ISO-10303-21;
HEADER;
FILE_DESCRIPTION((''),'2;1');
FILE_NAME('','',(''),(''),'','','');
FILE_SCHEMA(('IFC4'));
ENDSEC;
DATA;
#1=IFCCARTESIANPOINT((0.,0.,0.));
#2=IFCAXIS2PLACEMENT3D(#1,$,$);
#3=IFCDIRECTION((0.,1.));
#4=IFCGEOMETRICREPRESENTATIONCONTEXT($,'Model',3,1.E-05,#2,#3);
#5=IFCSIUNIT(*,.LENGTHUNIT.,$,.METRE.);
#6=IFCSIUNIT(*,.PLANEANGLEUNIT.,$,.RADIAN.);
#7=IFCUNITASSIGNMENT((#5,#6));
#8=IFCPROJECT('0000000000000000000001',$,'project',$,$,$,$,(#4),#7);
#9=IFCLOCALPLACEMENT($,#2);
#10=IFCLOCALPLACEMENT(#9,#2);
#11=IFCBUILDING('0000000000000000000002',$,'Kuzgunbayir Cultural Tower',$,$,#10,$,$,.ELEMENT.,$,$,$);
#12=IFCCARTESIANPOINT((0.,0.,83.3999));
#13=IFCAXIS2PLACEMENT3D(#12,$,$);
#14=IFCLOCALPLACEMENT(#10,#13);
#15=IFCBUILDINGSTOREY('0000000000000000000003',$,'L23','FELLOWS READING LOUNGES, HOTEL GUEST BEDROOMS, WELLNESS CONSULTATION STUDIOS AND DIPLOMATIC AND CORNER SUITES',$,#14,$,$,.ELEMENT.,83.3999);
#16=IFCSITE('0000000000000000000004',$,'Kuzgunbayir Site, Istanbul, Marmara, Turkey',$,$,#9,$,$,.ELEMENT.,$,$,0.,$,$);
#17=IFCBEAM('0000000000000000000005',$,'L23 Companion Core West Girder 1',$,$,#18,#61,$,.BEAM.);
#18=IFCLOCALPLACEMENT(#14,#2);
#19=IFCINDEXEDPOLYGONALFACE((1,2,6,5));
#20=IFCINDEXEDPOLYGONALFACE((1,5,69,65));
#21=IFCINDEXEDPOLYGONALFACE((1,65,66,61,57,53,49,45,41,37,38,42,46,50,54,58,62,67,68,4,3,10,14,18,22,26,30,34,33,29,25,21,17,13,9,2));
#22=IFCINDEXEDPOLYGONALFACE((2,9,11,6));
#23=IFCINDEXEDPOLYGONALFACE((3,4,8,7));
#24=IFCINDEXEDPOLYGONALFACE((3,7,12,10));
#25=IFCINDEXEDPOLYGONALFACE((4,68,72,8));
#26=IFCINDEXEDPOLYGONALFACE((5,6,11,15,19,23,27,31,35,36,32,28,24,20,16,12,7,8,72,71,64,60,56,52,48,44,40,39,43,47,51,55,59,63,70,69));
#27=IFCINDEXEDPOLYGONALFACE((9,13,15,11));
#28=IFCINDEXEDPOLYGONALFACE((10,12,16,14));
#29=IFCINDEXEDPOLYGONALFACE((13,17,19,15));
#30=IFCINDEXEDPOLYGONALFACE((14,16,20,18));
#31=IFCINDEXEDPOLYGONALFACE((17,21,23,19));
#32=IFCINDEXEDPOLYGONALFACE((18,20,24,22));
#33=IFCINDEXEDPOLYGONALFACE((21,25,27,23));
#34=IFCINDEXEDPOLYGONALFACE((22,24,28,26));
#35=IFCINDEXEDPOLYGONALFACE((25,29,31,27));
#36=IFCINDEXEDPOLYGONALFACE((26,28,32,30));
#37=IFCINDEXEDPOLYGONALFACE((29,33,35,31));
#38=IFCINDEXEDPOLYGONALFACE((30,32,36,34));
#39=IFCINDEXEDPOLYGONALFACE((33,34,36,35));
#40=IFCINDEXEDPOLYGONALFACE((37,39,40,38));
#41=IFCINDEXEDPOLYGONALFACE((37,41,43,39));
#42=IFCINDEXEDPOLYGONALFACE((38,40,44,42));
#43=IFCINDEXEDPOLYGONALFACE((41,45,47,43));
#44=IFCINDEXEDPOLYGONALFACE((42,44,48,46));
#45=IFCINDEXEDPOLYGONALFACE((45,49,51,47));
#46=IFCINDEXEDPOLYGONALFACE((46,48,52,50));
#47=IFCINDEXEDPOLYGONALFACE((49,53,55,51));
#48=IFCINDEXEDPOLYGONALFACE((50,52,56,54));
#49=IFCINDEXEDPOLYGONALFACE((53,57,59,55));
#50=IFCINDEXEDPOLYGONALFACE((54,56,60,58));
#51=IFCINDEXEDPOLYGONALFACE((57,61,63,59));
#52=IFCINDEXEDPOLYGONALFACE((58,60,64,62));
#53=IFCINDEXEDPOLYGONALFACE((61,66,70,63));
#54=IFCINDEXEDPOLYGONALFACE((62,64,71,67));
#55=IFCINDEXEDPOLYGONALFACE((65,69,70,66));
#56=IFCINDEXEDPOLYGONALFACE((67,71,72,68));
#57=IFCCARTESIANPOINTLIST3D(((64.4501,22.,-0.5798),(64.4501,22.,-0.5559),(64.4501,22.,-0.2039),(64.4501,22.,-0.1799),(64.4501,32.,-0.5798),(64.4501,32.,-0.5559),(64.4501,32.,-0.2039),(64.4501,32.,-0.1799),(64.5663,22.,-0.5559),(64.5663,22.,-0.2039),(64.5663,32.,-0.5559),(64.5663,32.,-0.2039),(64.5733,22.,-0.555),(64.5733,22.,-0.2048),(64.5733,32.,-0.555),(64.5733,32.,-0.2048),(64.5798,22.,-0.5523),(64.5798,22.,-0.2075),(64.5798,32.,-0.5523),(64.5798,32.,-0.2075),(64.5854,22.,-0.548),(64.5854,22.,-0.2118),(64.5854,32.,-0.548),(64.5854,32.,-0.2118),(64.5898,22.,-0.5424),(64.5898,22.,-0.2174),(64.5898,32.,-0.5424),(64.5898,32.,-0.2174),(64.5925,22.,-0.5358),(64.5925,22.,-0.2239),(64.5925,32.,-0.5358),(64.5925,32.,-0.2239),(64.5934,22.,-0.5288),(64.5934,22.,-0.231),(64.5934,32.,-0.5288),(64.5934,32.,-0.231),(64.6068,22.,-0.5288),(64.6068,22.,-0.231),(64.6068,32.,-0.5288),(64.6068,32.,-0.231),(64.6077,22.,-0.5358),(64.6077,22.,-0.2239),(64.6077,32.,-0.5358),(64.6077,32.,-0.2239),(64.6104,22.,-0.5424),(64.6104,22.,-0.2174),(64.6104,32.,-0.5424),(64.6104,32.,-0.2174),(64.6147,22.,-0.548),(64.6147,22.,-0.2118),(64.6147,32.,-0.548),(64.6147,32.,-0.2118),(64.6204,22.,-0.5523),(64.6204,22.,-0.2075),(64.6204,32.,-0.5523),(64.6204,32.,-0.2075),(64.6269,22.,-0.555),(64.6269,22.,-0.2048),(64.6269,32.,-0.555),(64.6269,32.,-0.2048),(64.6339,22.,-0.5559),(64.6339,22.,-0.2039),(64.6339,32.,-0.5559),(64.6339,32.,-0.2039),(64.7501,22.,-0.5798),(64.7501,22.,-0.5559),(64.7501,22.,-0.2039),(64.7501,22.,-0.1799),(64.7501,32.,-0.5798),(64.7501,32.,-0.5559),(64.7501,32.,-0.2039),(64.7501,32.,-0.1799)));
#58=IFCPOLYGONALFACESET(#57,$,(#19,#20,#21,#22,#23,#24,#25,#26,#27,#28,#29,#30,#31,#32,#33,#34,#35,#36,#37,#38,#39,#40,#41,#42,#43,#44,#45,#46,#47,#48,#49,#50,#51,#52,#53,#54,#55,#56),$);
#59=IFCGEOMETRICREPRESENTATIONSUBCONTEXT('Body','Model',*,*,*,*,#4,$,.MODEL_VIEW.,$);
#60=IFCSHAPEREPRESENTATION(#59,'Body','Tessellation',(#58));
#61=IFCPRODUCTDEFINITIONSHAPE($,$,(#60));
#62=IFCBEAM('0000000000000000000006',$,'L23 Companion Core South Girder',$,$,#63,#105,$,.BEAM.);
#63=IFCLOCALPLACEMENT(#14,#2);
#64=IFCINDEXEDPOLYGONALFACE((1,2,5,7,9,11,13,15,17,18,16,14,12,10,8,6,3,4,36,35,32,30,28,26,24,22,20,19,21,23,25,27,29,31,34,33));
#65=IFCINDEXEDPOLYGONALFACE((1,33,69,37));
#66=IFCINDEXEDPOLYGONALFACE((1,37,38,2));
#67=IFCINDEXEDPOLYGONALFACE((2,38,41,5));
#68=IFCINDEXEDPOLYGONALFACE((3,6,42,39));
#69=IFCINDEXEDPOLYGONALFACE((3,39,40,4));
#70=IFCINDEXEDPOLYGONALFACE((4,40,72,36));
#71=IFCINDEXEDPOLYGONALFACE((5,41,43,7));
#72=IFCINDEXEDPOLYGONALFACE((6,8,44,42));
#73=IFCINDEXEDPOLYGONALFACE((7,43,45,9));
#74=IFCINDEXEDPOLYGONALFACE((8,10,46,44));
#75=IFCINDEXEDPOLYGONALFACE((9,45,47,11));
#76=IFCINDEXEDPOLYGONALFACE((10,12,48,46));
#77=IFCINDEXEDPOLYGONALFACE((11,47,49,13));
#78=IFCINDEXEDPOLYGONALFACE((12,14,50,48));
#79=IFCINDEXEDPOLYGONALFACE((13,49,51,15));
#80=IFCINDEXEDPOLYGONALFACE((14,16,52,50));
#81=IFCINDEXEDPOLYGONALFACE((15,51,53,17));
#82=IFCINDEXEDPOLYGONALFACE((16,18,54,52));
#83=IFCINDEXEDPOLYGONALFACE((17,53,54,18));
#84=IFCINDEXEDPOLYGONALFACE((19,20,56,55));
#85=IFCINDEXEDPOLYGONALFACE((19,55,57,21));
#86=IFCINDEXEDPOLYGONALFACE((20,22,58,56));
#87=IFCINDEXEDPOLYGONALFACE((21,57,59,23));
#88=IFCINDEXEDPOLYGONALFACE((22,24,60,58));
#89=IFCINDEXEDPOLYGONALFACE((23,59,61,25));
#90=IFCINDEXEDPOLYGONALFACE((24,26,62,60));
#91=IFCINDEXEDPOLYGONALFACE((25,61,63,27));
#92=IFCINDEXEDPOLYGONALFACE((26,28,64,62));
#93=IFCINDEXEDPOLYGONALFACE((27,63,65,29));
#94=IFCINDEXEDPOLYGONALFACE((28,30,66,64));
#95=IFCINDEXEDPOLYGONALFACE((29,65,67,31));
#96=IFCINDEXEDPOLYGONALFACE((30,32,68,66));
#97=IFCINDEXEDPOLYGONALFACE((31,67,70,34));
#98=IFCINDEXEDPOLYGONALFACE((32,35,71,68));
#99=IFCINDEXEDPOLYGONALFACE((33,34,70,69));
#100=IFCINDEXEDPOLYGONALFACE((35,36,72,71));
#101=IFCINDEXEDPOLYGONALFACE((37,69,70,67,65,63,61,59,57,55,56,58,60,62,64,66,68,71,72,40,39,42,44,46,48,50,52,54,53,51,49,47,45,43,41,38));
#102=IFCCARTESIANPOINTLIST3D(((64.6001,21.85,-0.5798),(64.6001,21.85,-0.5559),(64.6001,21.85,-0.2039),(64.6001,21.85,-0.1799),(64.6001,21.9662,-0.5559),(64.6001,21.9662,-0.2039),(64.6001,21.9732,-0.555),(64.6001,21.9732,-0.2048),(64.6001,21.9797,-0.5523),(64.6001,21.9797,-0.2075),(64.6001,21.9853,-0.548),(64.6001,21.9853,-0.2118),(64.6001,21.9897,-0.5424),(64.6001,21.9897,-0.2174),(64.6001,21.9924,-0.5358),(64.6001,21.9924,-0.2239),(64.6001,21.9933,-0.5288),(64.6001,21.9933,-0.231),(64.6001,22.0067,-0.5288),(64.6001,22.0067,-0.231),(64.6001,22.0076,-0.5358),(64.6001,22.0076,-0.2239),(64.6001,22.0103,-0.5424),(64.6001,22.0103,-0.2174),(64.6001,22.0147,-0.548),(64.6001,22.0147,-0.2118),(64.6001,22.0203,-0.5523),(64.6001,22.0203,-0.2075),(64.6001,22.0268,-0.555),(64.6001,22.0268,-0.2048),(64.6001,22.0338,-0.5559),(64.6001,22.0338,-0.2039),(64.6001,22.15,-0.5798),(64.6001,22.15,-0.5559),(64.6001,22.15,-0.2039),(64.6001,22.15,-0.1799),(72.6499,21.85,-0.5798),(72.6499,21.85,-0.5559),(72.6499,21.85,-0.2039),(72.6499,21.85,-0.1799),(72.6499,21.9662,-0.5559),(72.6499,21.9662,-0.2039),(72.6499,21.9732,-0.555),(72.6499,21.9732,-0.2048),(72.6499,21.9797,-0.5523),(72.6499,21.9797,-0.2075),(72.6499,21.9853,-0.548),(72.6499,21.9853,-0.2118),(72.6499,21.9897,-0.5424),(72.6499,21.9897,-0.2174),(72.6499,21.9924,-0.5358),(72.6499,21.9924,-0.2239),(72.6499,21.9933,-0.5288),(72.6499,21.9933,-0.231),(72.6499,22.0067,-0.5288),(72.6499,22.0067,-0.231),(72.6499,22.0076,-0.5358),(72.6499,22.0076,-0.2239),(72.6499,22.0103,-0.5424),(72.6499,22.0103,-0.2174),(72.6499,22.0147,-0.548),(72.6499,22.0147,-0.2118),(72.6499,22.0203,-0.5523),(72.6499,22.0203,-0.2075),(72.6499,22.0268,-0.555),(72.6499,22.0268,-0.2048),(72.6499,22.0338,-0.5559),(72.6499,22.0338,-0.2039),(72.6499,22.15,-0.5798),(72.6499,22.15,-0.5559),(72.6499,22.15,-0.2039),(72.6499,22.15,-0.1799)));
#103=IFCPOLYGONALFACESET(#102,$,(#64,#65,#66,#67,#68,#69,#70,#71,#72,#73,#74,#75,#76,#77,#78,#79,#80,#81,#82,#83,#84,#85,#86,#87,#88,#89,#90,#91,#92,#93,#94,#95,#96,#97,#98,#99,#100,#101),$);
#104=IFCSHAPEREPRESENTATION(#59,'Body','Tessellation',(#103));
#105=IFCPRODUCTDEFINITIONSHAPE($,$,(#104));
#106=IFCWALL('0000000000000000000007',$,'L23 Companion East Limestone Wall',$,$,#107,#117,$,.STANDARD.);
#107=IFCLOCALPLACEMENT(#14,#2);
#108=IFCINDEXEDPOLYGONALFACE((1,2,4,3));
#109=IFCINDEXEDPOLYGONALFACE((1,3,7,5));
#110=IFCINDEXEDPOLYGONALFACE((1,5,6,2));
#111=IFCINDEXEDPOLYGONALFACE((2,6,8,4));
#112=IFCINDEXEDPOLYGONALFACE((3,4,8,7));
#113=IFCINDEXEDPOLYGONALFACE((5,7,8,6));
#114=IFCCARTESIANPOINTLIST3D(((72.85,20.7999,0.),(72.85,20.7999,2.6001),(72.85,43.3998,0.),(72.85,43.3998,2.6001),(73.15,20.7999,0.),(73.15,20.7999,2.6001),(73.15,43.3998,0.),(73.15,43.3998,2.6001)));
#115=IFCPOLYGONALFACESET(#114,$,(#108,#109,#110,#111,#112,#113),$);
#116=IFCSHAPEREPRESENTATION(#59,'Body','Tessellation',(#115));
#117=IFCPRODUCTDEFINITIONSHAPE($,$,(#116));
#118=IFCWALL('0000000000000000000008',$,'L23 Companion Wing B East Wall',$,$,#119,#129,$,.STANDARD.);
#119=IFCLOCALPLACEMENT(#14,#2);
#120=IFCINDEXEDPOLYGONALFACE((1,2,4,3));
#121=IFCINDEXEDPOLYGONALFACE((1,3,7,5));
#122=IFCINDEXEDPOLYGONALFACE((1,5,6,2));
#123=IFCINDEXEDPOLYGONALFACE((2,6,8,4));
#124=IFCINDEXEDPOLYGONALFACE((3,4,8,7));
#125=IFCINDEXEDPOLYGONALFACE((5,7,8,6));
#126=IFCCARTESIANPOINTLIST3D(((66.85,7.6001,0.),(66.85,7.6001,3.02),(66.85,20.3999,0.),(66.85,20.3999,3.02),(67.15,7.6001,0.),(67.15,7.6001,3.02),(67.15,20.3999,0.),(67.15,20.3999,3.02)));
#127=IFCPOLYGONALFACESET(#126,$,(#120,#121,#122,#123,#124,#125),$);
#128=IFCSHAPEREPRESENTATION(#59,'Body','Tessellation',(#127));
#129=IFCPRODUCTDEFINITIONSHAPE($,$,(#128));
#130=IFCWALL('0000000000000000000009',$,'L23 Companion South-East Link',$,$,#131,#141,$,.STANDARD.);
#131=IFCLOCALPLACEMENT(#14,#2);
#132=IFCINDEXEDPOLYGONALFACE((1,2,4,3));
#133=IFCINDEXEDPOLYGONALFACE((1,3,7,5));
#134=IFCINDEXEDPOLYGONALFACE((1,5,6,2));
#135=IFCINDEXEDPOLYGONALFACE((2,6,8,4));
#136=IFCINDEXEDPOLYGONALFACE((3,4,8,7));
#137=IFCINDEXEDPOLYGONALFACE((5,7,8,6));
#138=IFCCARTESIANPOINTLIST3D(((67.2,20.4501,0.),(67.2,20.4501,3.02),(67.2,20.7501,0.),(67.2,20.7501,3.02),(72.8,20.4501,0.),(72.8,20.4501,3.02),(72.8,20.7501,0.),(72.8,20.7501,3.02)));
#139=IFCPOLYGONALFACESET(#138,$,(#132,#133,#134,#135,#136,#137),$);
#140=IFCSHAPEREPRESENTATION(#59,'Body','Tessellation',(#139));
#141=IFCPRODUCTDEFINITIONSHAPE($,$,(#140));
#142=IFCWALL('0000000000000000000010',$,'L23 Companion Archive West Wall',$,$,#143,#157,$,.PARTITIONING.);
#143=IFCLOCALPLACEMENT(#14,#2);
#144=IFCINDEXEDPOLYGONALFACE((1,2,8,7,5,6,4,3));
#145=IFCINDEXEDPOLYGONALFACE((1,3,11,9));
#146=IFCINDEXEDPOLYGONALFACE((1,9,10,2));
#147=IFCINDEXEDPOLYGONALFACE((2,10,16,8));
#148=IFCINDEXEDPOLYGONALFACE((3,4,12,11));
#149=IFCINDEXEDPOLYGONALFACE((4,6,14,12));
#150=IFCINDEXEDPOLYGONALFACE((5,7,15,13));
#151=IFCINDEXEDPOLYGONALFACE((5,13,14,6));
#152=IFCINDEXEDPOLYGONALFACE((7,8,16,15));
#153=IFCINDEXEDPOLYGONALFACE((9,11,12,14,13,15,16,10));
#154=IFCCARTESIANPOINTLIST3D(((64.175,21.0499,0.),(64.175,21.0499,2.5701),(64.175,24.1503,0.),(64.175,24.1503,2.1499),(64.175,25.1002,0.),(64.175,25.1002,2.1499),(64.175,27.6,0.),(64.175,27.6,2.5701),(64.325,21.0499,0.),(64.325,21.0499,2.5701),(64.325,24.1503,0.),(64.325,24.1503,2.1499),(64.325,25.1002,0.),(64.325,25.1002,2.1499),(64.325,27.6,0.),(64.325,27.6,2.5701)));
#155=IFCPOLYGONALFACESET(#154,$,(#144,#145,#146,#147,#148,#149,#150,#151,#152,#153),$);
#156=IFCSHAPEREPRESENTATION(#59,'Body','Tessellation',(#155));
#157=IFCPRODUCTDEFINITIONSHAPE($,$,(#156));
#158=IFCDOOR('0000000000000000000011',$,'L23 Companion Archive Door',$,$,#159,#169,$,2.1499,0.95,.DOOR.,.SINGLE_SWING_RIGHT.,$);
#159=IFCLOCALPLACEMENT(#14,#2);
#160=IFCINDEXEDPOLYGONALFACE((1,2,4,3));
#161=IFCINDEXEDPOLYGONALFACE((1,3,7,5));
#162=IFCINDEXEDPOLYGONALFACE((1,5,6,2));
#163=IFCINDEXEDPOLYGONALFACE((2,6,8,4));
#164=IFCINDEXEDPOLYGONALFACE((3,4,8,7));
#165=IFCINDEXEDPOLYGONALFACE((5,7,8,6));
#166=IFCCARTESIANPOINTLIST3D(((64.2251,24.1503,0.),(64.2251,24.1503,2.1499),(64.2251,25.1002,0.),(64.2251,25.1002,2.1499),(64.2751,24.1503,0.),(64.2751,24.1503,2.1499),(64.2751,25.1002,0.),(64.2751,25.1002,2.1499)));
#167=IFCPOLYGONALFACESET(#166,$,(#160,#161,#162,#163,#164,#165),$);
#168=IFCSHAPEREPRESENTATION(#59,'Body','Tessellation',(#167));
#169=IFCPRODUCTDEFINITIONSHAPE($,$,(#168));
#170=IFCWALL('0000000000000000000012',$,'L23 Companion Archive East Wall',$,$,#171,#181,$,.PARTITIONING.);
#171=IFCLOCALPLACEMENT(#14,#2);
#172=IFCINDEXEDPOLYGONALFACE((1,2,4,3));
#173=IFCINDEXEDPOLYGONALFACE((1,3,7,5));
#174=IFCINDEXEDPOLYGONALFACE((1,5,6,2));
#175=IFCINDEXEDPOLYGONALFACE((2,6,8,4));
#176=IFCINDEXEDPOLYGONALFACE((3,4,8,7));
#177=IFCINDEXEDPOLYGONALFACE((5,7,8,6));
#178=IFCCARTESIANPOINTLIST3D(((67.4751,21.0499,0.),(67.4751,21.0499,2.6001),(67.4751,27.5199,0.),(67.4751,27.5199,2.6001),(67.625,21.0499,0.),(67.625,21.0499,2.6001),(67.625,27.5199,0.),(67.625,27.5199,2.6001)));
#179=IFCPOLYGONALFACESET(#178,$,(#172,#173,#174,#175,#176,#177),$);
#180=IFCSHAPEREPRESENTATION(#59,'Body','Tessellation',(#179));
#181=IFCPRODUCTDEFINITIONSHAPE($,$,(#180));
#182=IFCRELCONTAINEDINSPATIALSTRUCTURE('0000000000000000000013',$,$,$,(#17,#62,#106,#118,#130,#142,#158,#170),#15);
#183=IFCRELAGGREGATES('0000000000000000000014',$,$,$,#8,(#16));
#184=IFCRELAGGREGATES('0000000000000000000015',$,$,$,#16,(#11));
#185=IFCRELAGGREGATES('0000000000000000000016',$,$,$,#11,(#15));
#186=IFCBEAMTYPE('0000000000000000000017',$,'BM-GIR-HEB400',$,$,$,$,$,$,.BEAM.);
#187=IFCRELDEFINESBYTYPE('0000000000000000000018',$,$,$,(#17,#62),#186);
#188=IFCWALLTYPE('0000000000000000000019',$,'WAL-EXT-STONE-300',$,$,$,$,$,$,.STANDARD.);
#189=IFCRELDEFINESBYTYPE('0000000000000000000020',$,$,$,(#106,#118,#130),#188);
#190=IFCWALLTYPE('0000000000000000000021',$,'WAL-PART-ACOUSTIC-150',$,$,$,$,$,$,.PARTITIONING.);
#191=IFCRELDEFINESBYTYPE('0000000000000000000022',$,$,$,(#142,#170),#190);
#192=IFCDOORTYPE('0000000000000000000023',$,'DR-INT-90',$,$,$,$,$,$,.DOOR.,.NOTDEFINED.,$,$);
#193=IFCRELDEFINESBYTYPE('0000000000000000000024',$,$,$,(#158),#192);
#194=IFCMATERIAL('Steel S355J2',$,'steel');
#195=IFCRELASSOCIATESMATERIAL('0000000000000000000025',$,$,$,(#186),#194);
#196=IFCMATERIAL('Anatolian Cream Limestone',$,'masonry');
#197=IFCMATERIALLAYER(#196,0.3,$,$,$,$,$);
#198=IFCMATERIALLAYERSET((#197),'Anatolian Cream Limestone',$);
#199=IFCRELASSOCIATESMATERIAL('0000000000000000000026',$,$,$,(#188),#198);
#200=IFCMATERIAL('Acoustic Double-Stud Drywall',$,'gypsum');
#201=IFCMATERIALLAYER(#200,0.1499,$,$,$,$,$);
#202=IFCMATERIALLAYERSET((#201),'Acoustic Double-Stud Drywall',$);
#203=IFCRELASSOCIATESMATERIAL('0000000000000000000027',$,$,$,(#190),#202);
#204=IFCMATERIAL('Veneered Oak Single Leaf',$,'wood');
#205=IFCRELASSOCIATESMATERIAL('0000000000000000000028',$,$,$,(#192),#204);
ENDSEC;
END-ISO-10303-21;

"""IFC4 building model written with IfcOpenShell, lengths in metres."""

from ifc_helpers import new_model, si_unit, direction, frame, frame_2d, origin, origin_2d, place, context, subcontext, project, spatial, rectangle, i_section, extrude, material, layer, layer_set, material_profile, profile_set, type_object, element, fill, save


model = new_model("IFC4")

# Units and contexts
model_context = context("Model", 3, precision=1e-05, world=origin(), true_north=direction((0.0, 1.0)))
body_context = subcontext(model_context, "Body", "Model", "MODEL_VIEW")
ifc_project = project(units=[si_unit("LENGTHUNIT", "METRE"), si_unit("PLANEANGLEUNIT", "RADIAN")], contexts=[model_context])

# Site, building, storey
site_placement = place(None, origin())
site = spatial("IfcSite", under=ifc_project, at=site_placement, Name="Kuzgunbayir Site, Istanbul, Marmara, Turkey", CompositionType="ELEMENT", RefElevation=0.0)
building_placement = place(site_placement, origin())
building = spatial("IfcBuilding", under=site, at=building_placement, Name="Kuzgunbayir Cultural Tower", CompositionType="ELEMENT")
storey_placement = place(building_placement, frame((0.0, 0.0, 83.3999)))
storey = spatial("IfcBuildingStorey", under=building, at=storey_placement, Name="L23", Description="FELLOWS READING LOUNGES, HOTEL GUEST BEDROOMS, WELLNESS CONSULTATION STUDIOS AND DIPLOMATIC AND CORNER SUITES", CompositionType="ELEMENT", Elevation=83.3999)

# Beams
ifc_material_1 = material(Name="Steel S355J2", Category="steel")
ifc_material_profile_1 = material_profile(ifc_material_1, i_section(OverallWidth=0.3, OverallDepth=0.3999, WebThickness=0.0134, FlangeThickness=0.0239, FilletRadius=0.0271, at=origin_2d()), Name="HEB 400")
ifc_profile_set_1 = profile_set([ifc_material_profile_1], Name="Steel S355J2")
beam_type_1 = type_object("IfcBeamType", Name="BM-GIR-HEB400", PredefinedType="BEAM", material=ifc_profile_set_1)
beam_1_placement = place(storey_placement, frame((64.6001, 22.0, -0.3799), z_axis=(0.0, 1.0, 0.0), x_axis=(-1.0, 0.0, 0.0)))
element("IfcBeam", 1, at=beam_1_placement, inside=storey, type_object=beam_type_1, Name="L23 Companion Core West Girder 1", PredefinedType="BEAM", context=body_context, shape_type="SweptSolid", body=[
    extrude(i_section(OverallWidth=0.3, OverallDepth=0.3999, WebThickness=0.0134, FlangeThickness=0.0239, FilletRadius=0.0271, at=origin_2d()), origin(), (0.0, 0.0, 1.0), 10.0),
])
beam_2_placement = place(storey_placement, frame((64.6001, 22.0, -0.3799), z_axis=(1.0, 0.0, 0.0), x_axis=(0.0, 1.0, 0.0)))
element("IfcBeam", 2, at=beam_2_placement, inside=storey, type_object=beam_type_1, Name="L23 Companion Core South Girder", PredefinedType="BEAM", context=body_context, shape_type="SweptSolid", body=[
    extrude(i_section(OverallWidth=0.3, OverallDepth=0.3999, WebThickness=0.0134, FlangeThickness=0.0239, FilletRadius=0.0271, at=origin_2d()), origin(), (0.0, 0.0, 1.0), 8.0498),
])

# Walls
ifc_material_2 = material(Name="Anatolian Cream Limestone", Category="masonry")
ifc_layer_1 = layer(ifc_material_2, 0.3)
ifc_layer_set_1 = layer_set([ifc_layer_1], Name="Anatolian Cream Limestone")
wall_type_1 = type_object("IfcWallType", Name="WAL-EXT-STONE-300", PredefinedType="STANDARD", material=ifc_layer_set_1)
wall_1_placement = place(storey_placement, frame((73.0, 20.8, 0.0), z_axis=(0.0, 0.0, 1.0), x_axis=(0.0, 1.0, 0.0)))
element("IfcWall", 3, at=wall_1_placement, inside=storey, type_object=wall_type_1, Name="L23 Companion East Limestone Wall", PredefinedType="STANDARD", context=body_context, shape_type="SweptSolid", body=[
    extrude(rectangle(XDim=22.5999, YDim=0.3, at=frame_2d((11.2998, 0.0))), origin(), (0.0, 0.0, 1.0), 2.6001),
])
wall_2_placement = place(storey_placement, frame((67.0, 7.6001, 0.0), z_axis=(0.0, 0.0, 1.0), x_axis=(0.0, 1.0, 0.0)))
element("IfcWall", 4, at=wall_2_placement, inside=storey, type_object=wall_type_1, Name="L23 Companion Wing B East Wall", PredefinedType="STANDARD", context=body_context, shape_type="SweptSolid", body=[
    extrude(rectangle(XDim=12.7998, YDim=0.3, at=frame_2d((6.3999, 0.0))), origin(), (0.0, 0.0, 1.0), 3.02),
])
wall_3_placement = place(storey_placement, frame((67.2, 20.6001, 0.0), z_axis=(0.0, 0.0, 1.0), x_axis=(1.0, 0.0, 0.0)))
element("IfcWall", 5, at=wall_3_placement, inside=storey, type_object=wall_type_1, Name="L23 Companion South-East Link", PredefinedType="STANDARD", context=body_context, shape_type="SweptSolid", body=[
    extrude(rectangle(XDim=5.6001, YDim=0.3, at=frame_2d((2.8, 0.0))), origin(), (0.0, 0.0, 1.0), 3.02),
])

# Wall, opening, door
ifc_material_3 = material(Name="Acoustic Double-Stud Drywall", Category="gypsum")
ifc_layer_2 = layer(ifc_material_3, 0.1499)
ifc_layer_set_2 = layer_set([ifc_layer_2], Name="Acoustic Double-Stud Drywall")
wall_type_2 = type_object("IfcWallType", Name="WAL-PART-ACOUSTIC-150", PredefinedType="PARTITIONING", material=ifc_layer_set_2)
wall_4_placement = place(storey_placement, frame((64.25, 21.05, 0.0), z_axis=(0.0, 0.0, 1.0), x_axis=(0.0, 1.0, 0.0)))
wall_4 = element("IfcWall", 6, at=wall_4_placement, inside=storey, type_object=wall_type_2, Name="L23 Companion Archive West Wall", PredefinedType="PARTITIONING", context=body_context, shape_type="SweptSolid", body=[
    extrude(rectangle(XDim=6.55, YDim=0.1499, at=frame_2d((3.2749, 0.0))), origin(), (0.0, 0.0, 1.0), 2.5701),
])
opening_1_placement = place(wall_4_placement, frame((3.1001, 0.0, 0.0)))
opening_1 = element("IfcOpeningElement", 7, at=opening_1_placement, cuts=wall_4, PredefinedType="OPENING", context=body_context, shape_type="SweptSolid", body=[
    extrude(rectangle(XDim=0.95, YDim=2.1499, at=frame_2d((0.4751, 1.075))), frame((0.0, 0.085, 0.0), z_axis=(0.0, -1.0, 0.0), x_axis=(1.0, 0.0, 0.0)), (0.0, 0.0, 1.0), 0.1699),
])
ifc_material_4 = material(Name="Veneered Oak Single Leaf", Category="wood")
door_type_1 = type_object("IfcDoorType", Name="DR-INT-90", OperationType="NOTDEFINED", PredefinedType="DOOR", material=ifc_material_4)
door_1_placement = place(opening_1_placement, origin())
door_1 = element("IfcDoor", 8, at=door_1_placement, inside=storey, type_object=door_type_1, Name="L23 Companion Archive Door", OperationType="SINGLE_SWING_RIGHT", OverallHeight=2.1499, OverallWidth=0.95, PredefinedType="DOOR", context=body_context, shape_type="SweptSolid", body=[
    extrude(rectangle(XDim=0.95, YDim=2.1499, at=frame_2d((0.4751, 1.075))), frame((0.0, 0.0249, 0.0), z_axis=(0.0, -1.0, 0.0), x_axis=(1.0, 0.0, 0.0)), (0.0, 0.0, 1.0), 0.05),
])
fill(opening_1, door_1)

# Wall
wall_5_placement = place(storey_placement, frame((67.55, 21.05, 0.0), z_axis=(0.0, 0.0, 1.0), x_axis=(0.0, 1.0, 0.0)))
element("IfcWall", 9, at=wall_5_placement, inside=storey, type_object=wall_type_2, Name="L23 Companion Archive East Wall", PredefinedType="PARTITIONING", context=body_context, shape_type="SweptSolid", body=[
    extrude(rectangle(XDim=6.47, YDim=0.1499, at=frame_2d((3.2349, 0.0))), origin(), (0.0, 0.0, 1.0), 2.6001),
])

save(model, "model.ifc")
